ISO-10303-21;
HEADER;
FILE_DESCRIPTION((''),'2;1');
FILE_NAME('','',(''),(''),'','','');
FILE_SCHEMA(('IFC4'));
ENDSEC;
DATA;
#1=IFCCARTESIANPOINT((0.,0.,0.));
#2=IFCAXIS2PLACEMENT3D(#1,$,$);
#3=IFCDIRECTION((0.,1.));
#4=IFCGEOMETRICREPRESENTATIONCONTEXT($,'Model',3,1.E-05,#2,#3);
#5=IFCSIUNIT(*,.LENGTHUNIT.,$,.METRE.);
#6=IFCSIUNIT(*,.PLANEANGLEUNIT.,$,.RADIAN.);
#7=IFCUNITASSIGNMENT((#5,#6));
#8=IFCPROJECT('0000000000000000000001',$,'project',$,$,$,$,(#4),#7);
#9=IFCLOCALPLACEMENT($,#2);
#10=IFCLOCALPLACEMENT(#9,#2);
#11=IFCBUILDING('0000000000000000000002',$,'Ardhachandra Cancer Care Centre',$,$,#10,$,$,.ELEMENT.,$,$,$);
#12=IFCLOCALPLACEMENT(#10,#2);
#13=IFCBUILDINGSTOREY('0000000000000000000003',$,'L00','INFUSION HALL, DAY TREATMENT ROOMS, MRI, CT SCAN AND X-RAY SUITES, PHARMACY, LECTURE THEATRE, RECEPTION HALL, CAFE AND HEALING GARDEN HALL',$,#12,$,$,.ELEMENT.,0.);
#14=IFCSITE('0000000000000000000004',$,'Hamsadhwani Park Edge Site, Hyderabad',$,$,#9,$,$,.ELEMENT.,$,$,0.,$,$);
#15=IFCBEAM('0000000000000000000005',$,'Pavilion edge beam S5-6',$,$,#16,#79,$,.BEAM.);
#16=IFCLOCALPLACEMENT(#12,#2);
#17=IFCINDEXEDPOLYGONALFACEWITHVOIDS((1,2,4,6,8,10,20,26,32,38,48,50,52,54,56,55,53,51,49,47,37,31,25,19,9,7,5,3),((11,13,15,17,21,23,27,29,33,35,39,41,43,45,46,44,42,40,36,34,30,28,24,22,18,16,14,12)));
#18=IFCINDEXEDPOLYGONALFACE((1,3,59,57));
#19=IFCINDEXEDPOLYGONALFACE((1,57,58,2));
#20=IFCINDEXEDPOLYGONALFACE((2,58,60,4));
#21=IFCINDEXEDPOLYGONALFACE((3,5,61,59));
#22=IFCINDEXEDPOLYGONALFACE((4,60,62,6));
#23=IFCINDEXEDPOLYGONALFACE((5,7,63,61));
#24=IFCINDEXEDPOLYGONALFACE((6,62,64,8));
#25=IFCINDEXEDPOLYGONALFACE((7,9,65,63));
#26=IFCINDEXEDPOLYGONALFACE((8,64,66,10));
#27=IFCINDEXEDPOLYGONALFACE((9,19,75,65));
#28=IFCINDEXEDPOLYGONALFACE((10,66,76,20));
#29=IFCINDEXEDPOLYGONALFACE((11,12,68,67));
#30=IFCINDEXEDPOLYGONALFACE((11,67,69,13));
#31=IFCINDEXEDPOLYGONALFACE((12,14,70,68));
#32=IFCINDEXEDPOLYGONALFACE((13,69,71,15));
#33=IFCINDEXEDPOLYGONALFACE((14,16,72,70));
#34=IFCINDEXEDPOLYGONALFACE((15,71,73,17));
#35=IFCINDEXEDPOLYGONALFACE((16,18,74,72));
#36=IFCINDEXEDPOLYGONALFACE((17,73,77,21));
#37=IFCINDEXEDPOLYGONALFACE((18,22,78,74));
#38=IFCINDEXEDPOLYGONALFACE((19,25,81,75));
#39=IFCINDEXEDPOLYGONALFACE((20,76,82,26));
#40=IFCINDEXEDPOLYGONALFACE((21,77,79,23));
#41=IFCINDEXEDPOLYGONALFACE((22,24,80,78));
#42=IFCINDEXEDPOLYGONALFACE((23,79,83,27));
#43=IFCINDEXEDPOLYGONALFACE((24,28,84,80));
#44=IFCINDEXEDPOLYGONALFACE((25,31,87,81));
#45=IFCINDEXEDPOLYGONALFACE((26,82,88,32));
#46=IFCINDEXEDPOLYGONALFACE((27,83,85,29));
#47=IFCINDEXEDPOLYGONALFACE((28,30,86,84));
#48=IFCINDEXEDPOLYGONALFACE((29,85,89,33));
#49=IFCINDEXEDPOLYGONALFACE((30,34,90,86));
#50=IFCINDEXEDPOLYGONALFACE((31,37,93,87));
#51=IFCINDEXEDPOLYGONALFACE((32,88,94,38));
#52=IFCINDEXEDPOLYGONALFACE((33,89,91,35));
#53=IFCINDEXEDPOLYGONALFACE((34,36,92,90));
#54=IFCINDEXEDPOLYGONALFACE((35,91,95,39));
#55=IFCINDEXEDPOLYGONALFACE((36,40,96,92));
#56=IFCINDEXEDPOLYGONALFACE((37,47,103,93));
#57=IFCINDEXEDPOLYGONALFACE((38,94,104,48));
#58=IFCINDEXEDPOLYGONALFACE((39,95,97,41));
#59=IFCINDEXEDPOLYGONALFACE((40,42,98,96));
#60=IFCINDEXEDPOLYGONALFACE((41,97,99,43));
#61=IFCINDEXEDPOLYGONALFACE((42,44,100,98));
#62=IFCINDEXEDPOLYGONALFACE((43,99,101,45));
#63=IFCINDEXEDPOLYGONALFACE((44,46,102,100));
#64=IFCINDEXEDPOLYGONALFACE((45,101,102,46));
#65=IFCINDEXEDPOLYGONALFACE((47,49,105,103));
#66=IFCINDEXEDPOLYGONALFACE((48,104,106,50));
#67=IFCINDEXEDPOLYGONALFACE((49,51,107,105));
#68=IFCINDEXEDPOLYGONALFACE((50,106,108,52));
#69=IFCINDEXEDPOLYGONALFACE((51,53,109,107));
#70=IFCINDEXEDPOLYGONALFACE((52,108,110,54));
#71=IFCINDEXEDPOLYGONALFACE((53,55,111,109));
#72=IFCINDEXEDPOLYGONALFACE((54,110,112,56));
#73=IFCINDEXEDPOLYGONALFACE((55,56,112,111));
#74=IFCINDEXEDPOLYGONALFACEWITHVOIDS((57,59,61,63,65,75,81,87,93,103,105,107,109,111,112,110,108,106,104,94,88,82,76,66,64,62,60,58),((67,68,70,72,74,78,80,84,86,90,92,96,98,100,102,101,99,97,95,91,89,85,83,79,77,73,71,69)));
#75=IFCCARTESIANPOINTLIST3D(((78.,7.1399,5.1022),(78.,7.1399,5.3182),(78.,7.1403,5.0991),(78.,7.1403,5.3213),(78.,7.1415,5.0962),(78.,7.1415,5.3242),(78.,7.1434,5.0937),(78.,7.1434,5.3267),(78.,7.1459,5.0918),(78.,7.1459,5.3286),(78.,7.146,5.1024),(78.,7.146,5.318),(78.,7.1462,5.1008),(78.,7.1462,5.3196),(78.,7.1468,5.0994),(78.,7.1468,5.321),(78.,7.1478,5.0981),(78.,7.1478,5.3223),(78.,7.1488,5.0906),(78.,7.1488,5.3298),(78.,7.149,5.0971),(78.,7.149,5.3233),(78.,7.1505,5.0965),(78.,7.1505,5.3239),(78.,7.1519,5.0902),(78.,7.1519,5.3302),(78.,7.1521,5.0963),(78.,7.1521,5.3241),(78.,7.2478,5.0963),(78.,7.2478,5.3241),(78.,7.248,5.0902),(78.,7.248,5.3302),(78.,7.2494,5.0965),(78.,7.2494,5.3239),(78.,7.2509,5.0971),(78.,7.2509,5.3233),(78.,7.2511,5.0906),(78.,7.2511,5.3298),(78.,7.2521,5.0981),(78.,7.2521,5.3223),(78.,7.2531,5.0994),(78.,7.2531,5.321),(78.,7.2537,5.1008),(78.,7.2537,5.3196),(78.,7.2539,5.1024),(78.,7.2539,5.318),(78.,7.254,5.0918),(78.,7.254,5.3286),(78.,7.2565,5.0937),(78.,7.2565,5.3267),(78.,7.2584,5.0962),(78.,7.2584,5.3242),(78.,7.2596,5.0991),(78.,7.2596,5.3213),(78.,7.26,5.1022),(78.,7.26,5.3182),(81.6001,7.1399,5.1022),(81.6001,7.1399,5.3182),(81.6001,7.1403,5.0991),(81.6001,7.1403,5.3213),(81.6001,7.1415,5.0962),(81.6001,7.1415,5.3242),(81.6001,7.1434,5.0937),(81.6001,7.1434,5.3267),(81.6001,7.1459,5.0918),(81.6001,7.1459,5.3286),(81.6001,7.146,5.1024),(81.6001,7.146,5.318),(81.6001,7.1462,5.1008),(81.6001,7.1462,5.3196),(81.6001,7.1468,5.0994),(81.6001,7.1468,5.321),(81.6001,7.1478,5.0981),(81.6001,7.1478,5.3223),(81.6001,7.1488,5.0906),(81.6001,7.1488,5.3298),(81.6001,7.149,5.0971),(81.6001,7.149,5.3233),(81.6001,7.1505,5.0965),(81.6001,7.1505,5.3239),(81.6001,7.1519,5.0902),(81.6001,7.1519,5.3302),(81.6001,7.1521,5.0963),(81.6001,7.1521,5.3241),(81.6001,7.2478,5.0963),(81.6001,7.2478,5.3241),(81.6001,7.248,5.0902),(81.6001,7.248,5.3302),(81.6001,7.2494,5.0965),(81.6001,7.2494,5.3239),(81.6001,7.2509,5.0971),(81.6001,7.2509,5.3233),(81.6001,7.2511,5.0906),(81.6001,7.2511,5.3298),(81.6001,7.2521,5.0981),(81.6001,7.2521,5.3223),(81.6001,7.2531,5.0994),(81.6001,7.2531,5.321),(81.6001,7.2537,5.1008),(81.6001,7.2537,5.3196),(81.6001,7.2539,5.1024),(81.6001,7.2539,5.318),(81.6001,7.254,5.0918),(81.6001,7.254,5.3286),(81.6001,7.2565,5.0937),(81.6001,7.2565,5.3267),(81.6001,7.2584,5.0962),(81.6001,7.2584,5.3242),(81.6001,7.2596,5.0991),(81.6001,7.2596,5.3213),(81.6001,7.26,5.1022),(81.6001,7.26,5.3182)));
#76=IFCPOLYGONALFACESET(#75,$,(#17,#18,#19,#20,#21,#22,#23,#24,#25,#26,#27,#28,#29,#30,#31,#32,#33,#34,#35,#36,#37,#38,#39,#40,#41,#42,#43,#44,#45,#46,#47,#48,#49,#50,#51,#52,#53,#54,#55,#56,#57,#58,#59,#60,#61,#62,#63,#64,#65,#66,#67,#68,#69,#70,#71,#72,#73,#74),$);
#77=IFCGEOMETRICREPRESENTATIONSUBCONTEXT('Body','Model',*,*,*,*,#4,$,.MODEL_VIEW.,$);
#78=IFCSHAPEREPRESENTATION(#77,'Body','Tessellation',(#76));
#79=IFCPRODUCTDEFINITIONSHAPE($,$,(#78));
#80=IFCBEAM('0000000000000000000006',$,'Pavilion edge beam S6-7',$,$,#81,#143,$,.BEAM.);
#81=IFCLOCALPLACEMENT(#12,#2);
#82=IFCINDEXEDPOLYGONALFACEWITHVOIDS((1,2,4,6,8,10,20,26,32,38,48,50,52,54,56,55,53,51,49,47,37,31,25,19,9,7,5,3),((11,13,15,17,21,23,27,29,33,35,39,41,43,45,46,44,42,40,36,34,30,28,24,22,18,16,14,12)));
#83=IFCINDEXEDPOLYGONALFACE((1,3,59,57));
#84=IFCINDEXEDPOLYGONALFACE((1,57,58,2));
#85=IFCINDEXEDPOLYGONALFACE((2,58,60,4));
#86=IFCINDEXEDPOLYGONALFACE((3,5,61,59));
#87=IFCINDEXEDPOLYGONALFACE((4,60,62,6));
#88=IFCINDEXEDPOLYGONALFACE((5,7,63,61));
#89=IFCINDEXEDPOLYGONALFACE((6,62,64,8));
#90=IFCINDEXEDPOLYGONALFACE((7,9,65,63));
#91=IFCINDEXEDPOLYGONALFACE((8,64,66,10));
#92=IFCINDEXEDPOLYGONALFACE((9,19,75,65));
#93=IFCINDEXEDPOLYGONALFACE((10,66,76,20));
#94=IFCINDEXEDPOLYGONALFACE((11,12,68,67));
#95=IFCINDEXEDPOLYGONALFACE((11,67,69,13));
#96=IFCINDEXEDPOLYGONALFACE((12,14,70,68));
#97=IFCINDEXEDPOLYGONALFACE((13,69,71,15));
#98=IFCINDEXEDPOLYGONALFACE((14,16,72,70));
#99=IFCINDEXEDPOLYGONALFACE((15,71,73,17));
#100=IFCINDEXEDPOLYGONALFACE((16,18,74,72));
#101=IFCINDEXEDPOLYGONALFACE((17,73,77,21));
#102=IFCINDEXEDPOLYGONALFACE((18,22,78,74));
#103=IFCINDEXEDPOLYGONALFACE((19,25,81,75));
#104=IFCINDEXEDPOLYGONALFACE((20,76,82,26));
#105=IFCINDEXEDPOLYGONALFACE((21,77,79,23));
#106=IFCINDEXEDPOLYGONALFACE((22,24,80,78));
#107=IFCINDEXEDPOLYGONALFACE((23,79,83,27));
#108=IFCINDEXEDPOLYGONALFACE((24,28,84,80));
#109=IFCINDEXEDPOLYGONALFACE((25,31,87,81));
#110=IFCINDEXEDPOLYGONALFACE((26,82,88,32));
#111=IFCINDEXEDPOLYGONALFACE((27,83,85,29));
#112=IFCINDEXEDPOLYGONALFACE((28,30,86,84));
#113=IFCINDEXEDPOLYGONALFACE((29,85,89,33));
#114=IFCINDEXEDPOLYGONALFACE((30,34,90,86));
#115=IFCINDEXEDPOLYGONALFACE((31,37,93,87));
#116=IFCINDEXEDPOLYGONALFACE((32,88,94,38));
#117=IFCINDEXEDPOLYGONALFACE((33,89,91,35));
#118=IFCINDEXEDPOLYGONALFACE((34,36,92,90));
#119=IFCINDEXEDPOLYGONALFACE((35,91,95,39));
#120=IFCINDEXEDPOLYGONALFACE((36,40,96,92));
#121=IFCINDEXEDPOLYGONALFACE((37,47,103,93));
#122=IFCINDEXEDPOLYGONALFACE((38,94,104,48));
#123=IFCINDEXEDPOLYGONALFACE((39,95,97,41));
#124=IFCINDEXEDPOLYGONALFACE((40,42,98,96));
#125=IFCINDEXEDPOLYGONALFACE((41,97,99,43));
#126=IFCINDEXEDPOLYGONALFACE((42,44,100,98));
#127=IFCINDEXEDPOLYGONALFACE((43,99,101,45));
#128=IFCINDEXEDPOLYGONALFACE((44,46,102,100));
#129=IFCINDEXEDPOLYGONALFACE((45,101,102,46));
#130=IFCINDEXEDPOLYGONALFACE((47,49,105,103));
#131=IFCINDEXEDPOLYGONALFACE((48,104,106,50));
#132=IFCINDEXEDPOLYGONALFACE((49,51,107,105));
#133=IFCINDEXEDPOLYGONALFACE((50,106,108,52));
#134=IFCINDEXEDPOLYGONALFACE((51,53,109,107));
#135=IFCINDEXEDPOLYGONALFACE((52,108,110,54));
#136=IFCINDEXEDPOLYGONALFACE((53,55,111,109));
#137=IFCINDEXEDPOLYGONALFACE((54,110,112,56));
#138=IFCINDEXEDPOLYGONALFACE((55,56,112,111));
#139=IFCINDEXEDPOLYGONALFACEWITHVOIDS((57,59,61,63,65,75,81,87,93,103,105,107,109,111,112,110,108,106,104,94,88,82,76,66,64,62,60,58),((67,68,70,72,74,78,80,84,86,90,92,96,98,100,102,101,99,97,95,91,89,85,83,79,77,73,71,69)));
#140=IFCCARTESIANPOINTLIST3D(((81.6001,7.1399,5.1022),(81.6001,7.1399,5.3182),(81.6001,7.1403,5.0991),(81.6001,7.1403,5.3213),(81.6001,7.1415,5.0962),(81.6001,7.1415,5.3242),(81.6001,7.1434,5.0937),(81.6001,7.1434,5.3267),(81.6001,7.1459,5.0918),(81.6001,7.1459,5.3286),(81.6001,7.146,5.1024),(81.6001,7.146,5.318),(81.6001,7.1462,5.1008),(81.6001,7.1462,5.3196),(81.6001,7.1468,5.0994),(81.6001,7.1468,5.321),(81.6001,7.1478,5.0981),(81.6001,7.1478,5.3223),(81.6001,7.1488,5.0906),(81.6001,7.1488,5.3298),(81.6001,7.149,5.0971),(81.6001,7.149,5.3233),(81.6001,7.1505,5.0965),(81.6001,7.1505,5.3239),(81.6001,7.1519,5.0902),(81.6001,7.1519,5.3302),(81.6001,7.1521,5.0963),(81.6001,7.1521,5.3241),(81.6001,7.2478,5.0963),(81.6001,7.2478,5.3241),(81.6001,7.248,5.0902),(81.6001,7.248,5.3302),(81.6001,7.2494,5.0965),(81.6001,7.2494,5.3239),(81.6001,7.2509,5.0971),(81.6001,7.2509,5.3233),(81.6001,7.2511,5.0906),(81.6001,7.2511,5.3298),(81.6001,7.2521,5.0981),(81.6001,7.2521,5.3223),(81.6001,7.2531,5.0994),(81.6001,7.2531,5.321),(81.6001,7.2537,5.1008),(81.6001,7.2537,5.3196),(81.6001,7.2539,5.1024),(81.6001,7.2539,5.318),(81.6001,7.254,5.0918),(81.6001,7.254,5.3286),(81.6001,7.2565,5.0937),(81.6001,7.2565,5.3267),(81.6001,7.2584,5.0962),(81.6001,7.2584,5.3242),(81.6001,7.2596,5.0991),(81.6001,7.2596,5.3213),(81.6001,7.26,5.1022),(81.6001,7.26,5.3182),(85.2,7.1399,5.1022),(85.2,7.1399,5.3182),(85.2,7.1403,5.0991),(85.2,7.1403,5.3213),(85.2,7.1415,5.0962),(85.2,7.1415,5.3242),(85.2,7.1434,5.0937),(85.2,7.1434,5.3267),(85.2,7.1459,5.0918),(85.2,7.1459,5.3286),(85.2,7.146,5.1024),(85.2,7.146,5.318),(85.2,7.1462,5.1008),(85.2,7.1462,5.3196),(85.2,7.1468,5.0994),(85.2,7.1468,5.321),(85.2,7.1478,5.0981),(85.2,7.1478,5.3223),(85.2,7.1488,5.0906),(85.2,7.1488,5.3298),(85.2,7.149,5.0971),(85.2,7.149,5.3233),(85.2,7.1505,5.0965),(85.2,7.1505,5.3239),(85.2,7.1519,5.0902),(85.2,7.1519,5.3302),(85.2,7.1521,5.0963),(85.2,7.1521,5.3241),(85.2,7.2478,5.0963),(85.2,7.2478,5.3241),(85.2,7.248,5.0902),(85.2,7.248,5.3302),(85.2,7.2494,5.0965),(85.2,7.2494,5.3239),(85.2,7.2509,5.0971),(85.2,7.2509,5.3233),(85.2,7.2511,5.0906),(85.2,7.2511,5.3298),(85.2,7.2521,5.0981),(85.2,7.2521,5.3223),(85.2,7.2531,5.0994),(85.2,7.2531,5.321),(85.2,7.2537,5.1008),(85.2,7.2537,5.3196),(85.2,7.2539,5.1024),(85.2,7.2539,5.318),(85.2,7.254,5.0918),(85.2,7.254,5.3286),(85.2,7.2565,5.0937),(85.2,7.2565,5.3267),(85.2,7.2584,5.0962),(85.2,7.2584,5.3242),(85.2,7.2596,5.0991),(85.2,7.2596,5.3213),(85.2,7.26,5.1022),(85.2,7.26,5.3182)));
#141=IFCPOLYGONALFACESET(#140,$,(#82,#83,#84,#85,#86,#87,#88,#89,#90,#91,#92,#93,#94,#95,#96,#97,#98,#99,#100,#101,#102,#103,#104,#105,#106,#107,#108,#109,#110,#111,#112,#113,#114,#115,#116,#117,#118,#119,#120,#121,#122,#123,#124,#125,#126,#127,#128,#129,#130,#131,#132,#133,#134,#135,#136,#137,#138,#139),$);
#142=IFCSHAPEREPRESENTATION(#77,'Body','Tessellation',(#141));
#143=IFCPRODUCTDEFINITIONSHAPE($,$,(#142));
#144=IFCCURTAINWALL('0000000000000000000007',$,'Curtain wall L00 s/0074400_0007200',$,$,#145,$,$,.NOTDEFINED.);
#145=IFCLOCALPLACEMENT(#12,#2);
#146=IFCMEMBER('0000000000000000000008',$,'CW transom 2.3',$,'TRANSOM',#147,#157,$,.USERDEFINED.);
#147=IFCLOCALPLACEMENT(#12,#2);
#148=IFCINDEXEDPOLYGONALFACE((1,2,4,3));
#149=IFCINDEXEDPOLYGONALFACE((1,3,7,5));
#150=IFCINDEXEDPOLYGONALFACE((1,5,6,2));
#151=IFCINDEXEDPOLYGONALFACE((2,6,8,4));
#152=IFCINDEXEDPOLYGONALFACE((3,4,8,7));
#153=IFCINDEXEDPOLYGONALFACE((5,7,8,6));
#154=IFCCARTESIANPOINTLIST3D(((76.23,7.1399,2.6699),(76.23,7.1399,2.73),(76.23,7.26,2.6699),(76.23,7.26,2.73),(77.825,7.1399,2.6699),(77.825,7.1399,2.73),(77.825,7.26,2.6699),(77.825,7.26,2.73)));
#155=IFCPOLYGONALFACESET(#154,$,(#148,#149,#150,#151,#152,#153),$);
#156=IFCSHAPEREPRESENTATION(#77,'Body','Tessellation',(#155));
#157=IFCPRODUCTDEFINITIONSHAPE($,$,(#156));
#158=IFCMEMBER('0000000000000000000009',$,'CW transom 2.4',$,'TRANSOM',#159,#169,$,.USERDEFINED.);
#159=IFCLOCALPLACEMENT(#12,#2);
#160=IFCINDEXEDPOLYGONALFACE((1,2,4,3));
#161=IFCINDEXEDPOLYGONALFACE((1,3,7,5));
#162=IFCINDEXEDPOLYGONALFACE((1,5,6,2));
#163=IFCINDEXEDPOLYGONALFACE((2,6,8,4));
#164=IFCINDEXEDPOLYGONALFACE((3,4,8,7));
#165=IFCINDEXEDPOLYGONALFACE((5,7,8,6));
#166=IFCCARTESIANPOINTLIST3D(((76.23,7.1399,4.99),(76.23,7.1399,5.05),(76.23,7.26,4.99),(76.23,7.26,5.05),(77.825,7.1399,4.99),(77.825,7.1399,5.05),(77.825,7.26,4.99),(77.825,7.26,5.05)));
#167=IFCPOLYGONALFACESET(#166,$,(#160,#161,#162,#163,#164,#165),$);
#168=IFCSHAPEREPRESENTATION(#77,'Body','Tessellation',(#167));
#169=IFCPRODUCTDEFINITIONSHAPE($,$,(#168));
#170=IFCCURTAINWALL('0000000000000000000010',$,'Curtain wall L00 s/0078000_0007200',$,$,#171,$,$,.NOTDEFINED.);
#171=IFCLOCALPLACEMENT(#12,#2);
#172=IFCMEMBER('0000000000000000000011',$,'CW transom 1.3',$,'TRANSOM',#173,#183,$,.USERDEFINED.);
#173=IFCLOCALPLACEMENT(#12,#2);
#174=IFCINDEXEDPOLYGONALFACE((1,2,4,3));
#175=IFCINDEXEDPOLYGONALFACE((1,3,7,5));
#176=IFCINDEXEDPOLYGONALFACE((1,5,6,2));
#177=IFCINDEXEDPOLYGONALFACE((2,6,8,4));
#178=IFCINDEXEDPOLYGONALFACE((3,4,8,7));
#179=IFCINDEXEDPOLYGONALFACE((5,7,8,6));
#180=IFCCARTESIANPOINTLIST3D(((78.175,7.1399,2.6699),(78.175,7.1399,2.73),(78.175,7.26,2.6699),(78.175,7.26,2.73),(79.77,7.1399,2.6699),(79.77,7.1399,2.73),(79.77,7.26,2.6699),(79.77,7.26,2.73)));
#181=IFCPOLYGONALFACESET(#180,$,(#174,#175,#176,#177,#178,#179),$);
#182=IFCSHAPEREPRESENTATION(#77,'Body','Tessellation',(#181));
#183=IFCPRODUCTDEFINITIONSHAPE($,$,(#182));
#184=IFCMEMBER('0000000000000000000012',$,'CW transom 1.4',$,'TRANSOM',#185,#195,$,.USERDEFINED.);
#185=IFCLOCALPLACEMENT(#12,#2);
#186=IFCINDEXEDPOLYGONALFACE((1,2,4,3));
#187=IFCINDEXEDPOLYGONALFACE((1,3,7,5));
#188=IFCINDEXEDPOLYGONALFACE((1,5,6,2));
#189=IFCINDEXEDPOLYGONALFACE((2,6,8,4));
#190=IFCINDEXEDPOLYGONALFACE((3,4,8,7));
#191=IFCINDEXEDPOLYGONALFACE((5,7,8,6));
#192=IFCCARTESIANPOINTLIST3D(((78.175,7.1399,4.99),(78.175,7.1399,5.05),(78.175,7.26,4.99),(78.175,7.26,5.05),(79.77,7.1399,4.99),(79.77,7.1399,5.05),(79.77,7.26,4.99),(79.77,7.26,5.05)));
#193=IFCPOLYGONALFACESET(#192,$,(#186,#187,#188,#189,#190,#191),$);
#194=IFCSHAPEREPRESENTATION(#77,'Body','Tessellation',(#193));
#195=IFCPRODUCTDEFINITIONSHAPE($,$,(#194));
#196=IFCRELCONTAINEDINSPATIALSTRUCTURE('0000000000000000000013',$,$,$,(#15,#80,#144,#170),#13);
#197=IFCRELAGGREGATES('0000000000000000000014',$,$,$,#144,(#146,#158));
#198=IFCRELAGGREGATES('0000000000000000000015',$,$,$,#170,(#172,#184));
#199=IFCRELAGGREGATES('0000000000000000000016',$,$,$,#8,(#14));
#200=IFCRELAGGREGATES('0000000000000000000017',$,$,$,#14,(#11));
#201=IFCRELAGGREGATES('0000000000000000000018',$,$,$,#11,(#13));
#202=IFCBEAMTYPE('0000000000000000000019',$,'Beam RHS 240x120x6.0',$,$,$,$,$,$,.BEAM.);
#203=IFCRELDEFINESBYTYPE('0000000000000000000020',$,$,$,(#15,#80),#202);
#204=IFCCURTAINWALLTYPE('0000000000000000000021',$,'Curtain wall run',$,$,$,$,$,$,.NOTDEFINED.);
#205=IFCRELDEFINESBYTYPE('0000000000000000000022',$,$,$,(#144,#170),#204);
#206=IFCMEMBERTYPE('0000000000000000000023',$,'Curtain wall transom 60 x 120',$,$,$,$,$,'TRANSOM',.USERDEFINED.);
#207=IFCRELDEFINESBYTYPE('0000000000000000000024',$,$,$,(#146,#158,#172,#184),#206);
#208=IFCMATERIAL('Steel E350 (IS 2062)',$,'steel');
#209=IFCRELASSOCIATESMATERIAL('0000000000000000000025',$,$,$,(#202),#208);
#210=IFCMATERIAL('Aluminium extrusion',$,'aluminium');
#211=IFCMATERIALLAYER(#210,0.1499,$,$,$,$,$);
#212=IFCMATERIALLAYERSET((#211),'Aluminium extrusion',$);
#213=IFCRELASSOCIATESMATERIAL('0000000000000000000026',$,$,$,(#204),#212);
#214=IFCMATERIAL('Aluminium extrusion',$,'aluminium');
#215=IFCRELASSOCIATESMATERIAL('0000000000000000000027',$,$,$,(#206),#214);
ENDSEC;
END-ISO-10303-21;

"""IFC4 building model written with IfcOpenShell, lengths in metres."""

from ifc_helpers import new_model, si_unit, direction, frame, origin, origin_2d, place, context, subcontext, project, spatial, rectangle, hollow_rectangle, extrude, material, layer, layer_set, material_profile, profile_set, type_object, element, aggregate, save


model = new_model("IFC4")

# Units and contexts
model_context = context("Model", 3, precision=1e-05, world=origin(), true_north=direction((0.0, 1.0)))
body_context = subcontext(model_context, "Body", "Model", "MODEL_VIEW")
ifc_project = project(units=[si_unit("LENGTHUNIT", "METRE"), si_unit("PLANEANGLEUNIT", "RADIAN")], contexts=[model_context])

# Site, building, storey
site_placement = place(None, origin())
site = spatial("IfcSite", under=ifc_project, at=site_placement, Name="Hamsadhwani Park Edge Site, Hyderabad", CompositionType="ELEMENT", RefElevation=0.0)
building_placement = place(site_placement, origin())
building = spatial("IfcBuilding", under=site, at=building_placement, Name="Ardhachandra Cancer Care Centre", CompositionType="ELEMENT")
storey_placement = place(building_placement, origin())
storey = spatial("IfcBuildingStorey", under=building, at=storey_placement, Name="L00", Description="INFUSION HALL, DAY TREATMENT ROOMS, MRI, CT SCAN AND X-RAY SUITES, PHARMACY, LECTURE THEATRE, RECEPTION HALL, CAFE AND HEALING GARDEN HALL", CompositionType="ELEMENT", Elevation=0.0)

# Beams
ifc_material_1 = material(Name="Steel E350 (IS 2062)", Category="steel")
ifc_material_profile_1 = material_profile(ifc_material_1, hollow_rectangle(XDim=0.1201, YDim=0.24, WallThickness=0.0061, InnerFilletRadius=0.0061, OuterFilletRadius=0.012, at=origin_2d()), Name="RHS 240x120x6.0")
ifc_profile_set_1 = profile_set([ifc_material_profile_1], Name="Steel E350 (IS 2062)")
beam_type = type_object("IfcBeamType", Name="Beam RHS 240x120x6.0", PredefinedType="BEAM", material=ifc_profile_set_1)
beam_1_placement = place(storey_placement, frame((78.0, 7.2, 5.2102), z_axis=(1.0, 0.0, 0.0), x_axis=(0.0, 1.0, 0.0)))
element("IfcBeam", 1, at=beam_1_placement, inside=storey, type_object=beam_type, Name="Pavilion edge beam S5-6", PredefinedType="BEAM", context=body_context, shape_type="SweptSolid", body=[
    extrude(hollow_rectangle(XDim=0.1201, YDim=0.24, WallThickness=0.0061, InnerFilletRadius=0.0061, OuterFilletRadius=0.012, at=origin_2d()), origin(), (0.0, 0.0, 1.0), 3.6001),
])
beam_2_placement = place(storey_placement, frame((81.6001, 7.2, 5.2102), z_axis=(1.0, 0.0, 0.0), x_axis=(0.0, 1.0, 0.0)))
element("IfcBeam", 2, at=beam_2_placement, inside=storey, type_object=beam_type, Name="Pavilion edge beam S6-7", PredefinedType="BEAM", context=body_context, shape_type="SweptSolid", body=[
    extrude(hollow_rectangle(XDim=0.1201, YDim=0.24, WallThickness=0.0061, InnerFilletRadius=0.0061, OuterFilletRadius=0.012, at=origin_2d()), origin(), (0.0, 0.0, 1.0), 3.5999),
])

# Curtain walls, members
ifc_material_2 = material(Name="Aluminium extrusion", Category="aluminium")
ifc_layer_1 = layer(ifc_material_2, 0.1499)
ifc_layer_set_1 = layer_set([ifc_layer_1], Name="Aluminium extrusion")
curtain_wall_type = type_object("IfcCurtainWallType", Name="Curtain wall run", PredefinedType="NOTDEFINED", material=ifc_layer_set_1)
curtain_wall_1_placement = place(storey_placement, origin())
curtain_wall_1 = element("IfcCurtainWall", 3, at=curtain_wall_1_placement, inside=storey, type_object=curtain_wall_type, Name="Curtain wall L00 s/0074400_0007200", PredefinedType="NOTDEFINED")
ifc_material_3 = material(Name="Aluminium extrusion", Category="aluminium")
ifc_material_profile_2 = material_profile(ifc_material_3, rectangle(XDim=0.1201, YDim=0.0601, at=origin_2d()), Name="Curtain wall transom 60 x 120")
ifc_profile_set_2 = profile_set([ifc_material_profile_2], Name="Aluminium extrusion")
member_type_1 = type_object("IfcMemberType", Name="Curtain wall transom 60 x 120", ElementType="TRANSOM", PredefinedType="USERDEFINED", material=ifc_profile_set_2)
member_1_placement = place(storey_placement, frame((76.23, 7.2, 2.7), z_axis=(1.0, 0.0, 0.0), x_axis=(0.0, 1.0, 0.0)))
member_1 = element("IfcMember", 4, at=member_1_placement, type_object=member_type_1, Name="CW transom 2.3", ObjectType="TRANSOM", PredefinedType="USERDEFINED", context=body_context, shape_type="SweptSolid", body=[
    extrude(rectangle(XDim=0.1201, YDim=0.0601, at=origin_2d()), origin(), (0.0, 0.0, 1.0), 1.595),
])
member_2_placement = place(storey_placement, frame((76.23, 7.2, 5.02), z_axis=(1.0, 0.0, 0.0), x_axis=(0.0, 1.0, 0.0)))
member_2 = element("IfcMember", 5, at=member_2_placement, type_object=member_type_1, Name="CW transom 2.4", ObjectType="TRANSOM", PredefinedType="USERDEFINED", context=body_context, shape_type="SweptSolid", body=[
    extrude(rectangle(XDim=0.1201, YDim=0.0601, at=origin_2d()), origin(), (0.0, 0.0, 1.0), 1.595),
])
curtain_wall_2_placement = place(storey_placement, origin())
curtain_wall_2 = element("IfcCurtainWall", 6, at=curtain_wall_2_placement, inside=storey, type_object=curtain_wall_type, Name="Curtain wall L00 s/0078000_0007200", PredefinedType="NOTDEFINED")
member_3_placement = place(storey_placement, frame((78.175, 7.2, 2.7), z_axis=(1.0, 0.0, 0.0), x_axis=(0.0, 1.0, 0.0)))
member_3 = element("IfcMember", 7, at=member_3_placement, type_object=member_type_1, Name="CW transom 1.3", ObjectType="TRANSOM", PredefinedType="USERDEFINED", context=body_context, shape_type="SweptSolid", body=[
    extrude(rectangle(XDim=0.1201, YDim=0.0601, at=origin_2d()), origin(), (0.0, 0.0, 1.0), 1.595),
])
member_4_placement = place(storey_placement, frame((78.175, 7.2, 5.02), z_axis=(1.0, 0.0, 0.0), x_axis=(0.0, 1.0, 0.0)))
member_4 = element("IfcMember", 8, at=member_4_placement, type_object=member_type_1, Name="CW transom 1.4", ObjectType="TRANSOM", PredefinedType="USERDEFINED", context=body_context, shape_type="SweptSolid", body=[
    extrude(rectangle(XDim=0.1201, YDim=0.0601, at=origin_2d()), origin(), (0.0, 0.0, 1.0), 1.595),
])

aggregate(curtain_wall_1, [member_1, member_2])
aggregate(curtain_wall_2, [member_3, member_4])

save(model, "model.ifc")
